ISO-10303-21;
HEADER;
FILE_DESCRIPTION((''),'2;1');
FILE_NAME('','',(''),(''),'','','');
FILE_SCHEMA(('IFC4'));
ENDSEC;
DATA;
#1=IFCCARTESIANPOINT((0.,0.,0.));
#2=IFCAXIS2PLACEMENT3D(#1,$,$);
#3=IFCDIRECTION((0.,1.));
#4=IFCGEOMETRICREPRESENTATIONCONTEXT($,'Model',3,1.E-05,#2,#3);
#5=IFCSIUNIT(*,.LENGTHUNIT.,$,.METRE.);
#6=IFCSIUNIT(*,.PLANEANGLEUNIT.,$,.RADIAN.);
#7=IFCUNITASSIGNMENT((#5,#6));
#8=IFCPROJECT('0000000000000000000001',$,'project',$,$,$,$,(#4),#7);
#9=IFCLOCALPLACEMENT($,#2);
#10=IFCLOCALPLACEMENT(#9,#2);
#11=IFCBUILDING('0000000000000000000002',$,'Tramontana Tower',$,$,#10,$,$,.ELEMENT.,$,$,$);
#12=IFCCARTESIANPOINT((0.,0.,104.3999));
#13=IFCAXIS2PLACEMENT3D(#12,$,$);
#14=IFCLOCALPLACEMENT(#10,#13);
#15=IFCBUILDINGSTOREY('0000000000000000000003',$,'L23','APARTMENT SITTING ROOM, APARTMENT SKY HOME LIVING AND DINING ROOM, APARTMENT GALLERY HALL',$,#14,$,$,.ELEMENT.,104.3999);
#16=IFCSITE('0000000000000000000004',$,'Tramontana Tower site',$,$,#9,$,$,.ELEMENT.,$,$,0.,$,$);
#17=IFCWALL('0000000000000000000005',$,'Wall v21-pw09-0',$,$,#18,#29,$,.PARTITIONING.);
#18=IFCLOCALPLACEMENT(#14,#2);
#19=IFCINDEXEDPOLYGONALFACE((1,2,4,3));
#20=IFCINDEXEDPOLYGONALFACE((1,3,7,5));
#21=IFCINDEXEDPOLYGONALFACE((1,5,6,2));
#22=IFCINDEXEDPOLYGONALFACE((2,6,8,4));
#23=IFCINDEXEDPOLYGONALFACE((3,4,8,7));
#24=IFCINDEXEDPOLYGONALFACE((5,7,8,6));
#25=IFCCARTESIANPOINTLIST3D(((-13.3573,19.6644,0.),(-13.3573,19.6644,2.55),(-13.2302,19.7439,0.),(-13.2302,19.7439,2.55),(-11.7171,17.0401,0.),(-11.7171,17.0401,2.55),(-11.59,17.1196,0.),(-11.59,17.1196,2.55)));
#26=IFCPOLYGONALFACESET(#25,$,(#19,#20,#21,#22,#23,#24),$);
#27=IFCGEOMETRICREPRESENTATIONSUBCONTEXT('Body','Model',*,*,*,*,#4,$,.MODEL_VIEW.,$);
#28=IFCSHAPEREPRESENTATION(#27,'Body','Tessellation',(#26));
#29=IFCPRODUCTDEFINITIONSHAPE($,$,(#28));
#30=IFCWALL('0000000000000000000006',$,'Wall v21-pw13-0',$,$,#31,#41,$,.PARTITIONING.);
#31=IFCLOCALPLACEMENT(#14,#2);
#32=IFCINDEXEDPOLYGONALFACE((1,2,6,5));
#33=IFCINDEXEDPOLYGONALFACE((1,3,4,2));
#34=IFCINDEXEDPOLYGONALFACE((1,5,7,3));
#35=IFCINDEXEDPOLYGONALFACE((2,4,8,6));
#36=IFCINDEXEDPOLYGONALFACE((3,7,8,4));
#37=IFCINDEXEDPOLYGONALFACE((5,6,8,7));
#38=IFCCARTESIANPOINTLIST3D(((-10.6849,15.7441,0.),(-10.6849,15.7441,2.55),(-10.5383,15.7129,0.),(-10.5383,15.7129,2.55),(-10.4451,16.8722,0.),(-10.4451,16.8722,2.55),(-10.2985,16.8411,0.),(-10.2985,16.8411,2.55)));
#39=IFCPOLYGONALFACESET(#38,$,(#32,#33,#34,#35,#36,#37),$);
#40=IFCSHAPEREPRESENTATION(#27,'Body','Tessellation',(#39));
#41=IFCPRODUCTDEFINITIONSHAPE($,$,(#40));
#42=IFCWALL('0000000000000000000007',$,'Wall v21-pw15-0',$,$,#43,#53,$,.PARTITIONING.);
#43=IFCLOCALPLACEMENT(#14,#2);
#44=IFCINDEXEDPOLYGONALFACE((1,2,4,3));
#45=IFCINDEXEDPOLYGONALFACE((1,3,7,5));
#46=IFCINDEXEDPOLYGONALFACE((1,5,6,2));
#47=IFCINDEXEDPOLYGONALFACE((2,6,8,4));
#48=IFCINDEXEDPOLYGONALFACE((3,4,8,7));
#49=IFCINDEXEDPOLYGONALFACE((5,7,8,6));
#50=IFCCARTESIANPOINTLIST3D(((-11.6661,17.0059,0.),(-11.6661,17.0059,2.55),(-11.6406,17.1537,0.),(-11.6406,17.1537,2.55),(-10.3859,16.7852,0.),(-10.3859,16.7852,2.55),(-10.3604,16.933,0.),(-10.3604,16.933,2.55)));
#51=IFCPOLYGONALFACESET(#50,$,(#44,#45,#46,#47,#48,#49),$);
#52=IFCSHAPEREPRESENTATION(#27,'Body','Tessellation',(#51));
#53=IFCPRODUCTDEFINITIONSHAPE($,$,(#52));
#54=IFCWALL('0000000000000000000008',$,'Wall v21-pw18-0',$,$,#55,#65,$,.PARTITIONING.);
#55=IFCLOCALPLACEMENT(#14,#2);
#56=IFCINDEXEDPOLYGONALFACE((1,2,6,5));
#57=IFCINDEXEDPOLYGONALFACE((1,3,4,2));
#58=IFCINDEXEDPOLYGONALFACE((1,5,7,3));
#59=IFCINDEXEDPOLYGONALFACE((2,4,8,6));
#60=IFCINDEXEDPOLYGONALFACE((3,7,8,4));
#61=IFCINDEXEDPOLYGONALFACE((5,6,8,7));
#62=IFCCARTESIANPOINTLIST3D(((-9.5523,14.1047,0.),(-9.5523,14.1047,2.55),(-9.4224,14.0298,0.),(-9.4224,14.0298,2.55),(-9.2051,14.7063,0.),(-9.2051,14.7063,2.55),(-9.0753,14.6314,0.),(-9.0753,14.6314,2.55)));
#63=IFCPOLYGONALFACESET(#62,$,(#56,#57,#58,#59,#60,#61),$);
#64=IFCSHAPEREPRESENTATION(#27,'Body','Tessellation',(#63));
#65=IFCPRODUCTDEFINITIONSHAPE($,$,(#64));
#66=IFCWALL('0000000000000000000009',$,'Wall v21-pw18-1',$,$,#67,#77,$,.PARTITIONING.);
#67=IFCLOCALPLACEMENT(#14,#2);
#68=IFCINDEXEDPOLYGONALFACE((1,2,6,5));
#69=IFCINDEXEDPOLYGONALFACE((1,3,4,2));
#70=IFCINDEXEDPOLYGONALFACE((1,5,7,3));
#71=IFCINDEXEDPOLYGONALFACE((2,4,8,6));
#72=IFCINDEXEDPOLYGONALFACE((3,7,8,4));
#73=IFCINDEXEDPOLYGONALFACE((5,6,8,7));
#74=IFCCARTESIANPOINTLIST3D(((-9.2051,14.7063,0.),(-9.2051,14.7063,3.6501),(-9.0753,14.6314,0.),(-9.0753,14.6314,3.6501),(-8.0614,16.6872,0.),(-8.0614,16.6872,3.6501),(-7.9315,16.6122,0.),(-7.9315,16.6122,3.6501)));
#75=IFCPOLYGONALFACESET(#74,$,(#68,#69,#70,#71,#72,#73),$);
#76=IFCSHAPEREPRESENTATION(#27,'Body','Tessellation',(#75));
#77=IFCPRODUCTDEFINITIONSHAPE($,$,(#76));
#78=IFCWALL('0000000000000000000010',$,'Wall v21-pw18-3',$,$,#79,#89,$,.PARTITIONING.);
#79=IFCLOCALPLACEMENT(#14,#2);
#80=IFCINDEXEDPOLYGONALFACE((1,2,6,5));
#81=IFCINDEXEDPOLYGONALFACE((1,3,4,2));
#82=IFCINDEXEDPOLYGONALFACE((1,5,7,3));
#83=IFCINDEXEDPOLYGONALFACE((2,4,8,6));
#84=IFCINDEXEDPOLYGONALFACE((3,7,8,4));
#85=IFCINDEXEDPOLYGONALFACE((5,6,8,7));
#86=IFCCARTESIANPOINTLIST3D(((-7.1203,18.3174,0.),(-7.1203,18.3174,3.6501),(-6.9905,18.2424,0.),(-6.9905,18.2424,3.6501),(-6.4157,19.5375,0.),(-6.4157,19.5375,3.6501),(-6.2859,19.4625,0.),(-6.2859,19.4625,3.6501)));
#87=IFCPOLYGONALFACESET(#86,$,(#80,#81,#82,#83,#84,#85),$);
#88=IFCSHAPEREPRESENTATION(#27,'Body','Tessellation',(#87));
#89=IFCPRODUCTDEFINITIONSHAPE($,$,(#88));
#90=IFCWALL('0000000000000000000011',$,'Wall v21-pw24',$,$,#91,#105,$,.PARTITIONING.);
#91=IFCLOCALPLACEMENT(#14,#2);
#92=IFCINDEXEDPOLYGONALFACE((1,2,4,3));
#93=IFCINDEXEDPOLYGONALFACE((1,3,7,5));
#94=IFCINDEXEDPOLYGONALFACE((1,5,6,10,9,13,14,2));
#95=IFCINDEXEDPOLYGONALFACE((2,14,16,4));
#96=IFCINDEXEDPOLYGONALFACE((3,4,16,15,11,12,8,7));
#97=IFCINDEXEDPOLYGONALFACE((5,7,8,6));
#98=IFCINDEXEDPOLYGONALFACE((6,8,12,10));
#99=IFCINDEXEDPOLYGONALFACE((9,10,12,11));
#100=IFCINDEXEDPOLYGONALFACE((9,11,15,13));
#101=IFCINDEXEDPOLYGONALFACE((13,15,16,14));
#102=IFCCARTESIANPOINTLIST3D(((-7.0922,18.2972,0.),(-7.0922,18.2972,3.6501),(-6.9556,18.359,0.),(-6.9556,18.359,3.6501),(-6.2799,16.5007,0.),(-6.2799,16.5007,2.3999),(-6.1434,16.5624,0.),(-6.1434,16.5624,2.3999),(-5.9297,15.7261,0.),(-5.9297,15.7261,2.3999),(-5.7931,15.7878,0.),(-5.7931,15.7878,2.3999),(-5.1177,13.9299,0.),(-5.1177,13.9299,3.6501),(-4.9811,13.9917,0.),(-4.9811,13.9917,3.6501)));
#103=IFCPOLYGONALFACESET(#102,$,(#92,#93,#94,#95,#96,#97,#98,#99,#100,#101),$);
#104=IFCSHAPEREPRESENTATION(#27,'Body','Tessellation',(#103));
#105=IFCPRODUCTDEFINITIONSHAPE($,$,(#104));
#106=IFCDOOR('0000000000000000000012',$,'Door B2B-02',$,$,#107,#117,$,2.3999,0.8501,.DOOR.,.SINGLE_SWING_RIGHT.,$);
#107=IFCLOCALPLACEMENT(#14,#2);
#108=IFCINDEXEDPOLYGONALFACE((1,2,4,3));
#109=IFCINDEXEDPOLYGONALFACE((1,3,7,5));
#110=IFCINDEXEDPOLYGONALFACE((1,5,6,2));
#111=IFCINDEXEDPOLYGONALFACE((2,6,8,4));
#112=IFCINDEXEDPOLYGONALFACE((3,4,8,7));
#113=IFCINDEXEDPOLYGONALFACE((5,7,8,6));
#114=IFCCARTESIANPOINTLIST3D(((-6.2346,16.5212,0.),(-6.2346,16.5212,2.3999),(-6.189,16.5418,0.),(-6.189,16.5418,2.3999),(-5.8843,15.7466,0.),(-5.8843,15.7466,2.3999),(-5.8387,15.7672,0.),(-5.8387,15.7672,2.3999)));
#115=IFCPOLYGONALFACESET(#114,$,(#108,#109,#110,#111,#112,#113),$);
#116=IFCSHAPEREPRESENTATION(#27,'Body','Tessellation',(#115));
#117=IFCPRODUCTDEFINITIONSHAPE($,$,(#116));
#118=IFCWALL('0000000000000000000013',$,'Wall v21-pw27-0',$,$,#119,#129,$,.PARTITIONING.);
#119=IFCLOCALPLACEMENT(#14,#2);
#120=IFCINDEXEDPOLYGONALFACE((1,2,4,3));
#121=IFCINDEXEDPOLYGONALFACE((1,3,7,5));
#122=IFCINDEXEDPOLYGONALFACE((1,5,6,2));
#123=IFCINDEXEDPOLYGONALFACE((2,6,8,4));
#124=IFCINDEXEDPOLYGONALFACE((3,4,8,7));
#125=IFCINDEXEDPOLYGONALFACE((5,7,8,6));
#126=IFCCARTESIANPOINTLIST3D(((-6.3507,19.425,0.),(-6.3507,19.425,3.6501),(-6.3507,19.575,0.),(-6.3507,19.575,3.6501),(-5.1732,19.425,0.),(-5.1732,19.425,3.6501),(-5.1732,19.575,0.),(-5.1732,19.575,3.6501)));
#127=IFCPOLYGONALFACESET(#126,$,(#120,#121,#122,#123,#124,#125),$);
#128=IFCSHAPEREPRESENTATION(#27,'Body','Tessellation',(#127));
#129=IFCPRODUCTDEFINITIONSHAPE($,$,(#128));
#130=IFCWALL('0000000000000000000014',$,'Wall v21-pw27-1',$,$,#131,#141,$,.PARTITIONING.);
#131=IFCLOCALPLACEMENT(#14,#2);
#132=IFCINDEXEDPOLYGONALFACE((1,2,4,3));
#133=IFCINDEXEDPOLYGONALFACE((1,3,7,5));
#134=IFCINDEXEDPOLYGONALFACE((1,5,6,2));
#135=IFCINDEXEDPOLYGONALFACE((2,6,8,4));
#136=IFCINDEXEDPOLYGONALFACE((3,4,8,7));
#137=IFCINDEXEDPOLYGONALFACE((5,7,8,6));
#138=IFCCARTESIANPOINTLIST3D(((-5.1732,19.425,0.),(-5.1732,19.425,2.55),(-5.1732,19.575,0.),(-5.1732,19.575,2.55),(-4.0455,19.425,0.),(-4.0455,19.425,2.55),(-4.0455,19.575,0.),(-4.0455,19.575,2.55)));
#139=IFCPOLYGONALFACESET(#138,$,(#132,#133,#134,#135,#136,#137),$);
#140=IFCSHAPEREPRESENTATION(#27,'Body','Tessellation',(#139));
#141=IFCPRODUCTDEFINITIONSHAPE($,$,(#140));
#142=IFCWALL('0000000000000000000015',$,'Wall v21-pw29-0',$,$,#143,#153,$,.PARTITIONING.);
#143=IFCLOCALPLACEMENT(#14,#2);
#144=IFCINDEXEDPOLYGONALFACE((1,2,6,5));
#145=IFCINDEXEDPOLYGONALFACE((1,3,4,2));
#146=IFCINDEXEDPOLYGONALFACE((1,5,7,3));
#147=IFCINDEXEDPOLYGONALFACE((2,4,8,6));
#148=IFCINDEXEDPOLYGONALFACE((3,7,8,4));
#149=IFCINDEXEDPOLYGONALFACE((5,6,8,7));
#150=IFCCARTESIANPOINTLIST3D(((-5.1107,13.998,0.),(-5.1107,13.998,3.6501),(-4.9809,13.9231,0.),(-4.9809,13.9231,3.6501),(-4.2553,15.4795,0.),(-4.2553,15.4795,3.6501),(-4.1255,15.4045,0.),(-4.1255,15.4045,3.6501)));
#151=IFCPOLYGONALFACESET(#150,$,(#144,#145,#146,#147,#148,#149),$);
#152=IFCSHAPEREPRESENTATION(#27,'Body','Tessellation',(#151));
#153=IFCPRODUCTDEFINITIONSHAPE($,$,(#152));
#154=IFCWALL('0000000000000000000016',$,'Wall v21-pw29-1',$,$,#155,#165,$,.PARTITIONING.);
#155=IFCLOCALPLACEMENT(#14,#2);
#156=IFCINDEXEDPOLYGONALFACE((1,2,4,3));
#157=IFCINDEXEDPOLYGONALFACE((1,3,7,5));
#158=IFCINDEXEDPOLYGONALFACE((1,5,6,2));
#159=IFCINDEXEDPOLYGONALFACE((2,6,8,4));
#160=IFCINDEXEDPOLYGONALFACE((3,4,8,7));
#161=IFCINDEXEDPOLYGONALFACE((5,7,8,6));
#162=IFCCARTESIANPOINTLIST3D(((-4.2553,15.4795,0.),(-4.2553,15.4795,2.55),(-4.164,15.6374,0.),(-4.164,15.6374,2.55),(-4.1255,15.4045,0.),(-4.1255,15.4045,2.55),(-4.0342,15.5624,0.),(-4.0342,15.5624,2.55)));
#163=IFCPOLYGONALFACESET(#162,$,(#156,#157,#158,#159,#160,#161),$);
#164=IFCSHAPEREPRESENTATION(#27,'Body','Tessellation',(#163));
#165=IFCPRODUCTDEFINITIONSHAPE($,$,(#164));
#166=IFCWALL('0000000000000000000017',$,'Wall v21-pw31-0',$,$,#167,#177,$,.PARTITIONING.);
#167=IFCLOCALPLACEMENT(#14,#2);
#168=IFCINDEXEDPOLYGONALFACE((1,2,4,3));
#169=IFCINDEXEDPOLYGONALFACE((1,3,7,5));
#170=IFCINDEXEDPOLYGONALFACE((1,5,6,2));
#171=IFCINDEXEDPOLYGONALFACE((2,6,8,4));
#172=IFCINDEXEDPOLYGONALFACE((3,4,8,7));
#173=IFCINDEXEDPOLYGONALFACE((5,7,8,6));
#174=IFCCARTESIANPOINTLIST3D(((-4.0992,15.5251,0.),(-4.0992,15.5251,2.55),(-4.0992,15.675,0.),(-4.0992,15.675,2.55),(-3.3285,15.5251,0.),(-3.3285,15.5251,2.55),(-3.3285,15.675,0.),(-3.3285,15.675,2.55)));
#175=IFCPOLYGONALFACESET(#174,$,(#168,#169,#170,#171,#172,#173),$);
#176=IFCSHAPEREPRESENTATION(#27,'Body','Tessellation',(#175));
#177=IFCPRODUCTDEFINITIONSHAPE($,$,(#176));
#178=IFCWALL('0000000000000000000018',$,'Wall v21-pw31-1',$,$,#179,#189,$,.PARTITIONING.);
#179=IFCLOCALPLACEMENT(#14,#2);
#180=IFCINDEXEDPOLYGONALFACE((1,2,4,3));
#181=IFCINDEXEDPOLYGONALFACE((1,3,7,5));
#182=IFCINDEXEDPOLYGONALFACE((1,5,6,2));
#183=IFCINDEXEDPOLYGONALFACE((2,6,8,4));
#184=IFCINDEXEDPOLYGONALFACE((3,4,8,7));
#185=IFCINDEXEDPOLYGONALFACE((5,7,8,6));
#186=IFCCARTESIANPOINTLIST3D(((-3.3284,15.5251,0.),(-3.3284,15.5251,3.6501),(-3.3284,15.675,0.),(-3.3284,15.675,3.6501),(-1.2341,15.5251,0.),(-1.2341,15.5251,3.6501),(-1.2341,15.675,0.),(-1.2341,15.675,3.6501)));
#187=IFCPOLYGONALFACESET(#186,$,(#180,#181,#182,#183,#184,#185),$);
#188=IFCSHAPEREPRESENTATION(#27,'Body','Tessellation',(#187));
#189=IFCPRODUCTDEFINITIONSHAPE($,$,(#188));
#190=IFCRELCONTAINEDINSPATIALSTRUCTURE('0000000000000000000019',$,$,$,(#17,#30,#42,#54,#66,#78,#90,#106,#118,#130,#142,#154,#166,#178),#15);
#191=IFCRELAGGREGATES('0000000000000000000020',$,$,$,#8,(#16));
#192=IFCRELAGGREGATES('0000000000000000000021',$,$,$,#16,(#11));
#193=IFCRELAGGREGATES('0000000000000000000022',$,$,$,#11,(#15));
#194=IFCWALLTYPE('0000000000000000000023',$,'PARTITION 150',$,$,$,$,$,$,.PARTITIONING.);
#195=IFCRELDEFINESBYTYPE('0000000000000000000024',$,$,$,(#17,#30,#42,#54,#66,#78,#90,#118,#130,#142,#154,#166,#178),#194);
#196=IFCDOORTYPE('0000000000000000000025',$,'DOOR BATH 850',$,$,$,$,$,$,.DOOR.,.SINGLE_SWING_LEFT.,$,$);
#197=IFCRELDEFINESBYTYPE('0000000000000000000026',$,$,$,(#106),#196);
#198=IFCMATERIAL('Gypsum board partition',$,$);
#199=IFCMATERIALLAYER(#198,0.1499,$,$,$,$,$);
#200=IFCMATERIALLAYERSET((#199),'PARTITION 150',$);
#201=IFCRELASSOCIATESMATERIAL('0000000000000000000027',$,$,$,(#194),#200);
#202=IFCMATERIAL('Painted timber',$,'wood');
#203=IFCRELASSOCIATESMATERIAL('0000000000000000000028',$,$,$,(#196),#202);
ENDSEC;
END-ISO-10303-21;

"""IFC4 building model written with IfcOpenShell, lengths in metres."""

from ifc_helpers import new_model, si_unit, direction, frame, frame_2d, origin, place, context, subcontext, project, spatial, rectangle, extrude, material, layer, layer_set, type_object, element, fill, save


model = new_model("IFC4")

# Units and contexts
model_context = context("Model", 3, precision=1e-05, world=origin(), true_north=direction((0.0, 1.0)))
body_context = subcontext(model_context, "Body", "Model", "MODEL_VIEW")
ifc_project = project(units=[si_unit("LENGTHUNIT", "METRE"), si_unit("PLANEANGLEUNIT", "RADIAN")], contexts=[model_context])

# Site, building, storey
site_placement = place(None, origin())
site = spatial("IfcSite", under=ifc_project, at=site_placement, Name="Tramontana Tower site", CompositionType="ELEMENT", RefElevation=0.0)
building_placement = place(site_placement, origin())
building = spatial("IfcBuilding", under=site, at=building_placement, Name="Tramontana Tower", CompositionType="ELEMENT")
storey_placement = place(building_placement, frame((0.0, 0.0, 104.3999)))
storey = spatial("IfcBuildingStorey", under=building, at=storey_placement, Name="L23", Description="APARTMENT SITTING ROOM, APARTMENT SKY HOME LIVING AND DINING ROOM, APARTMENT GALLERY HALL", CompositionType="ELEMENT", Elevation=104.3999)

# Walls
ifc_material_1 = material(Name="Gypsum board partition")
ifc_layer_1 = layer(ifc_material_1, 0.1499)
ifc_layer_set_1 = layer_set([ifc_layer_1], Name="PARTITION 150")
wall_type_1 = type_object("IfcWallType", Name="PARTITION 150", PredefinedType="PARTITIONING", material=ifc_layer_set_1)
wall_1_placement = place(storey_placement, frame((-11.6536, 17.0798, 0.0), z_axis=(0.0, 0.0, 1.0), x_axis=(-0.529992, 0.848003, 0.0)))
element("IfcWall", 1, at=wall_1_placement, inside=storey, type_object=wall_type_1, Name="Wall v21-pw09-0", PredefinedType="PARTITIONING", context=body_context, shape_type="SweptSolid", body=[
    extrude(rectangle(XDim=3.0947, YDim=0.1499, at=frame_2d((1.5474, 0.0))), origin(), (0.0, 0.0, 1.0), 2.55),
])
wall_2_placement = place(storey_placement, frame((-10.6116, 15.7285, 0.0), z_axis=(0.0, 0.0, 1.0), x_axis=(0.207866, 0.978157, 0.0)))
element("IfcWall", 2, at=wall_2_placement, inside=storey, type_object=wall_type_1, Name="Wall v21-pw13-0", PredefinedType="PARTITIONING", context=body_context, shape_type="SweptSolid", body=[
    extrude(rectangle(XDim=1.1533, YDim=0.1499, at=frame_2d((0.5767, 0.0))), origin(), (0.0, 0.0, 1.0), 2.55),
])
wall_3_placement = place(storey_placement, frame((-10.3733, 16.8591, 0.0), z_axis=(0.0, 0.0, 1.0), x_axis=(-0.985464, 0.169882, 0.0)))
element("IfcWall", 3, at=wall_3_placement, inside=storey, type_object=wall_type_1, Name="Wall v21-pw15-0", PredefinedType="PARTITIONING", context=body_context, shape_type="SweptSolid", body=[
    extrude(rectangle(XDim=1.2991, YDim=0.1499, at=frame_2d((0.6494, 0.0))), origin(), (0.0, 0.0, 1.0), 2.55),
])
wall_4_placement = place(storey_placement, frame((-9.4873, 14.0674, 0.0), z_axis=(0.0, 0.0, 1.0), x_axis=(0.499844, 0.866115, 0.0)))
element("IfcWall", 4, at=wall_4_placement, inside=storey, type_object=wall_type_1, Name="Wall v21-pw18-0", PredefinedType="PARTITIONING", context=body_context, shape_type="SweptSolid", body=[
    extrude(rectangle(XDim=0.6946, YDim=0.1499, at=frame_2d((0.3472, 0.0))), origin(), (0.0, 0.0, 1.0), 2.55),
])
wall_5_placement = place(storey_placement, frame((-9.1401, 14.6689, 0.0), z_axis=(0.0, 0.0, 1.0), x_axis=(0.50003, 0.866008, 0.0)))
element("IfcWall", 5, at=wall_5_placement, inside=storey, type_object=wall_type_1, Name="Wall v21-pw18-1", PredefinedType="PARTITIONING", context=body_context, shape_type="SweptSolid", body=[
    extrude(rectangle(XDim=2.2874, YDim=0.1499, at=frame_2d((1.1436, 0.0))), origin(), (0.0, 0.0, 1.0), 3.6501),
])

# Wall
wall_6_placement = place(storey_placement, frame((-7.0554, 18.2798, 0.0), z_axis=(0.0, 0.0, 1.0), x_axis=(0.500052, 0.865995, 0.0)))
element("IfcWall", 6, at=wall_6_placement, inside=storey, type_object=wall_type_1, Name="Wall v21-pw18-3", PredefinedType="PARTITIONING", context=body_context, shape_type="SweptSolid", body=[
    extrude(rectangle(XDim=1.4089, YDim=0.1499, at=frame_2d((0.7046, 0.0))), origin(), (0.0, 0.0, 1.0), 3.6501),
])

# Wall, opening, door
wall_7_placement = place(storey_placement, frame((-7.0239, 18.3281, 0.0), z_axis=(0.0, 0.0, 1.0), x_axis=(0.411972, -0.911197, 0.0)))
wall_7 = element("IfcWall", 7, at=wall_7_placement, inside=storey, type_object=wall_type_1, Name="Wall v21-pw24", PredefinedType="PARTITIONING", context=body_context, shape_type="SweptSolid", body=[
    extrude(rectangle(XDim=4.793, YDim=0.1499, at=frame_2d((2.3965, 0.0))), origin(), (0.0, 0.0, 1.0), 3.6501),
])
opening_1_placement = place(wall_7_placement, frame((1.9717, 0.0, 0.0)))
opening_1 = element("IfcOpeningElement", 8, at=opening_1_placement, cuts=wall_7, PredefinedType="OPENING", context=body_context, shape_type="SweptSolid", body=[
    extrude(rectangle(XDim=0.8501, YDim=2.3999, at=frame_2d((0.425, 1.2))), frame((0.0, 0.085, 0.0), z_axis=(0.0, -1.0, 0.0), x_axis=(1.0, 0.0, 0.0)), (0.0, 0.0, 1.0), 0.1699),
])
ifc_material_2 = material(Name="Painted timber", Category="wood")
door_type_1 = type_object("IfcDoorType", Name="DOOR BATH 850", OperationType="SINGLE_SWING_LEFT", PredefinedType="DOOR", material=ifc_material_2)
door_1_placement = place(opening_1_placement, origin())
door_1 = element("IfcDoor", 9, at=door_1_placement, inside=storey, type_object=door_type_1, Name="Door B2B-02", OperationType="SINGLE_SWING_RIGHT", OverallHeight=2.3999, OverallWidth=0.8501, PredefinedType="DOOR", context=body_context, shape_type="SweptSolid", body=[
    extrude(rectangle(XDim=0.8501, YDim=2.3999, at=frame_2d((0.425, 1.2))), frame((0.0, 0.0249, 0.0), z_axis=(0.0, -1.0, 0.0), x_axis=(1.0, 0.0, 0.0)), (0.0, 0.0, 1.0), 0.05),
])
fill(opening_1, door_1)

# Walls
wall_8_placement = place(storey_placement, frame((-6.3508, 19.5, 0.0), z_axis=(0.0, 0.0, 1.0), x_axis=(1.0, 0.0, 0.0)))
element("IfcWall", 10, at=wall_8_placement, inside=storey, type_object=wall_type_1, Name="Wall v21-pw27-0", PredefinedType="PARTITIONING", context=body_context, shape_type="SweptSolid", body=[
    extrude(rectangle(XDim=1.1775, YDim=0.1499, at=frame_2d((0.5889, 0.0))), origin(), (0.0, 0.0, 1.0), 3.6501),
])
wall_9_placement = place(storey_placement, frame((-5.1733, 19.5, 0.0), z_axis=(0.0, 0.0, 1.0), x_axis=(1.0, 0.0, 0.0)))
element("IfcWall", 11, at=wall_9_placement, inside=storey, type_object=wall_type_1, Name="Wall v21-pw27-1", PredefinedType="PARTITIONING", context=body_context, shape_type="SweptSolid", body=[
    extrude(rectangle(XDim=1.1277, YDim=0.1499, at=frame_2d((0.564, 0.0))), origin(), (0.0, 0.0, 1.0), 2.55),
])
wall_10_placement = place(storey_placement, frame((-5.0459, 13.9604, 0.0), z_axis=(0.0, 0.0, 1.0), x_axis=(0.500068, 0.865986, 0.0)))
element("IfcWall", 12, at=wall_10_placement, inside=storey, type_object=wall_type_1, Name="Wall v21-pw29-0", PredefinedType="PARTITIONING", context=body_context, shape_type="SweptSolid", body=[
    extrude(rectangle(XDim=1.7107, YDim=0.1499, at=frame_2d((0.8555, 0.0))), origin(), (0.0, 0.0, 1.0), 3.6501),
])
wall_11_placement = place(storey_placement, frame((-4.1904, 15.4419, 0.0), z_axis=(0.0, 0.0, 1.0), x_axis=(0.500456, 0.865762, 0.0)))
element("IfcWall", 13, at=wall_11_placement, inside=storey, type_object=wall_type_1, Name="Wall v21-pw29-1", PredefinedType="PARTITIONING", context=body_context, shape_type="SweptSolid", body=[
    extrude(rectangle(XDim=0.1824, YDim=0.1499, at=frame_2d((0.0913, 0.0))), origin(), (0.0, 0.0, 1.0), 2.55),
])
wall_12_placement = place(storey_placement, frame((-4.0991, 15.6001, 0.0), z_axis=(0.0, 0.0, 1.0), x_axis=(1.0, 0.0, 0.0)))
element("IfcWall", 14, at=wall_12_placement, inside=storey, type_object=wall_type_1, Name="Wall v21-pw31-0", PredefinedType="PARTITIONING", context=body_context, shape_type="SweptSolid", body=[
    extrude(rectangle(XDim=0.7708, YDim=0.1499, at=frame_2d((0.3853, 0.0))), origin(), (0.0, 0.0, 1.0), 2.55),
])
wall_13_placement = place(storey_placement, frame((-3.3284, 15.6001, 0.0), z_axis=(0.0, 0.0, 1.0), x_axis=(1.0, 0.0, 0.0)))
element("IfcWall", 15, at=wall_13_placement, inside=storey, type_object=wall_type_1, Name="Wall v21-pw31-1", PredefinedType="PARTITIONING", context=body_context, shape_type="SweptSolid", body=[
    extrude(rectangle(XDim=2.0942, YDim=0.1499, at=frame_2d((1.0471, 0.0))), origin(), (0.0, 0.0, 1.0), 3.6501),
])

save(model, "model.ifc")
